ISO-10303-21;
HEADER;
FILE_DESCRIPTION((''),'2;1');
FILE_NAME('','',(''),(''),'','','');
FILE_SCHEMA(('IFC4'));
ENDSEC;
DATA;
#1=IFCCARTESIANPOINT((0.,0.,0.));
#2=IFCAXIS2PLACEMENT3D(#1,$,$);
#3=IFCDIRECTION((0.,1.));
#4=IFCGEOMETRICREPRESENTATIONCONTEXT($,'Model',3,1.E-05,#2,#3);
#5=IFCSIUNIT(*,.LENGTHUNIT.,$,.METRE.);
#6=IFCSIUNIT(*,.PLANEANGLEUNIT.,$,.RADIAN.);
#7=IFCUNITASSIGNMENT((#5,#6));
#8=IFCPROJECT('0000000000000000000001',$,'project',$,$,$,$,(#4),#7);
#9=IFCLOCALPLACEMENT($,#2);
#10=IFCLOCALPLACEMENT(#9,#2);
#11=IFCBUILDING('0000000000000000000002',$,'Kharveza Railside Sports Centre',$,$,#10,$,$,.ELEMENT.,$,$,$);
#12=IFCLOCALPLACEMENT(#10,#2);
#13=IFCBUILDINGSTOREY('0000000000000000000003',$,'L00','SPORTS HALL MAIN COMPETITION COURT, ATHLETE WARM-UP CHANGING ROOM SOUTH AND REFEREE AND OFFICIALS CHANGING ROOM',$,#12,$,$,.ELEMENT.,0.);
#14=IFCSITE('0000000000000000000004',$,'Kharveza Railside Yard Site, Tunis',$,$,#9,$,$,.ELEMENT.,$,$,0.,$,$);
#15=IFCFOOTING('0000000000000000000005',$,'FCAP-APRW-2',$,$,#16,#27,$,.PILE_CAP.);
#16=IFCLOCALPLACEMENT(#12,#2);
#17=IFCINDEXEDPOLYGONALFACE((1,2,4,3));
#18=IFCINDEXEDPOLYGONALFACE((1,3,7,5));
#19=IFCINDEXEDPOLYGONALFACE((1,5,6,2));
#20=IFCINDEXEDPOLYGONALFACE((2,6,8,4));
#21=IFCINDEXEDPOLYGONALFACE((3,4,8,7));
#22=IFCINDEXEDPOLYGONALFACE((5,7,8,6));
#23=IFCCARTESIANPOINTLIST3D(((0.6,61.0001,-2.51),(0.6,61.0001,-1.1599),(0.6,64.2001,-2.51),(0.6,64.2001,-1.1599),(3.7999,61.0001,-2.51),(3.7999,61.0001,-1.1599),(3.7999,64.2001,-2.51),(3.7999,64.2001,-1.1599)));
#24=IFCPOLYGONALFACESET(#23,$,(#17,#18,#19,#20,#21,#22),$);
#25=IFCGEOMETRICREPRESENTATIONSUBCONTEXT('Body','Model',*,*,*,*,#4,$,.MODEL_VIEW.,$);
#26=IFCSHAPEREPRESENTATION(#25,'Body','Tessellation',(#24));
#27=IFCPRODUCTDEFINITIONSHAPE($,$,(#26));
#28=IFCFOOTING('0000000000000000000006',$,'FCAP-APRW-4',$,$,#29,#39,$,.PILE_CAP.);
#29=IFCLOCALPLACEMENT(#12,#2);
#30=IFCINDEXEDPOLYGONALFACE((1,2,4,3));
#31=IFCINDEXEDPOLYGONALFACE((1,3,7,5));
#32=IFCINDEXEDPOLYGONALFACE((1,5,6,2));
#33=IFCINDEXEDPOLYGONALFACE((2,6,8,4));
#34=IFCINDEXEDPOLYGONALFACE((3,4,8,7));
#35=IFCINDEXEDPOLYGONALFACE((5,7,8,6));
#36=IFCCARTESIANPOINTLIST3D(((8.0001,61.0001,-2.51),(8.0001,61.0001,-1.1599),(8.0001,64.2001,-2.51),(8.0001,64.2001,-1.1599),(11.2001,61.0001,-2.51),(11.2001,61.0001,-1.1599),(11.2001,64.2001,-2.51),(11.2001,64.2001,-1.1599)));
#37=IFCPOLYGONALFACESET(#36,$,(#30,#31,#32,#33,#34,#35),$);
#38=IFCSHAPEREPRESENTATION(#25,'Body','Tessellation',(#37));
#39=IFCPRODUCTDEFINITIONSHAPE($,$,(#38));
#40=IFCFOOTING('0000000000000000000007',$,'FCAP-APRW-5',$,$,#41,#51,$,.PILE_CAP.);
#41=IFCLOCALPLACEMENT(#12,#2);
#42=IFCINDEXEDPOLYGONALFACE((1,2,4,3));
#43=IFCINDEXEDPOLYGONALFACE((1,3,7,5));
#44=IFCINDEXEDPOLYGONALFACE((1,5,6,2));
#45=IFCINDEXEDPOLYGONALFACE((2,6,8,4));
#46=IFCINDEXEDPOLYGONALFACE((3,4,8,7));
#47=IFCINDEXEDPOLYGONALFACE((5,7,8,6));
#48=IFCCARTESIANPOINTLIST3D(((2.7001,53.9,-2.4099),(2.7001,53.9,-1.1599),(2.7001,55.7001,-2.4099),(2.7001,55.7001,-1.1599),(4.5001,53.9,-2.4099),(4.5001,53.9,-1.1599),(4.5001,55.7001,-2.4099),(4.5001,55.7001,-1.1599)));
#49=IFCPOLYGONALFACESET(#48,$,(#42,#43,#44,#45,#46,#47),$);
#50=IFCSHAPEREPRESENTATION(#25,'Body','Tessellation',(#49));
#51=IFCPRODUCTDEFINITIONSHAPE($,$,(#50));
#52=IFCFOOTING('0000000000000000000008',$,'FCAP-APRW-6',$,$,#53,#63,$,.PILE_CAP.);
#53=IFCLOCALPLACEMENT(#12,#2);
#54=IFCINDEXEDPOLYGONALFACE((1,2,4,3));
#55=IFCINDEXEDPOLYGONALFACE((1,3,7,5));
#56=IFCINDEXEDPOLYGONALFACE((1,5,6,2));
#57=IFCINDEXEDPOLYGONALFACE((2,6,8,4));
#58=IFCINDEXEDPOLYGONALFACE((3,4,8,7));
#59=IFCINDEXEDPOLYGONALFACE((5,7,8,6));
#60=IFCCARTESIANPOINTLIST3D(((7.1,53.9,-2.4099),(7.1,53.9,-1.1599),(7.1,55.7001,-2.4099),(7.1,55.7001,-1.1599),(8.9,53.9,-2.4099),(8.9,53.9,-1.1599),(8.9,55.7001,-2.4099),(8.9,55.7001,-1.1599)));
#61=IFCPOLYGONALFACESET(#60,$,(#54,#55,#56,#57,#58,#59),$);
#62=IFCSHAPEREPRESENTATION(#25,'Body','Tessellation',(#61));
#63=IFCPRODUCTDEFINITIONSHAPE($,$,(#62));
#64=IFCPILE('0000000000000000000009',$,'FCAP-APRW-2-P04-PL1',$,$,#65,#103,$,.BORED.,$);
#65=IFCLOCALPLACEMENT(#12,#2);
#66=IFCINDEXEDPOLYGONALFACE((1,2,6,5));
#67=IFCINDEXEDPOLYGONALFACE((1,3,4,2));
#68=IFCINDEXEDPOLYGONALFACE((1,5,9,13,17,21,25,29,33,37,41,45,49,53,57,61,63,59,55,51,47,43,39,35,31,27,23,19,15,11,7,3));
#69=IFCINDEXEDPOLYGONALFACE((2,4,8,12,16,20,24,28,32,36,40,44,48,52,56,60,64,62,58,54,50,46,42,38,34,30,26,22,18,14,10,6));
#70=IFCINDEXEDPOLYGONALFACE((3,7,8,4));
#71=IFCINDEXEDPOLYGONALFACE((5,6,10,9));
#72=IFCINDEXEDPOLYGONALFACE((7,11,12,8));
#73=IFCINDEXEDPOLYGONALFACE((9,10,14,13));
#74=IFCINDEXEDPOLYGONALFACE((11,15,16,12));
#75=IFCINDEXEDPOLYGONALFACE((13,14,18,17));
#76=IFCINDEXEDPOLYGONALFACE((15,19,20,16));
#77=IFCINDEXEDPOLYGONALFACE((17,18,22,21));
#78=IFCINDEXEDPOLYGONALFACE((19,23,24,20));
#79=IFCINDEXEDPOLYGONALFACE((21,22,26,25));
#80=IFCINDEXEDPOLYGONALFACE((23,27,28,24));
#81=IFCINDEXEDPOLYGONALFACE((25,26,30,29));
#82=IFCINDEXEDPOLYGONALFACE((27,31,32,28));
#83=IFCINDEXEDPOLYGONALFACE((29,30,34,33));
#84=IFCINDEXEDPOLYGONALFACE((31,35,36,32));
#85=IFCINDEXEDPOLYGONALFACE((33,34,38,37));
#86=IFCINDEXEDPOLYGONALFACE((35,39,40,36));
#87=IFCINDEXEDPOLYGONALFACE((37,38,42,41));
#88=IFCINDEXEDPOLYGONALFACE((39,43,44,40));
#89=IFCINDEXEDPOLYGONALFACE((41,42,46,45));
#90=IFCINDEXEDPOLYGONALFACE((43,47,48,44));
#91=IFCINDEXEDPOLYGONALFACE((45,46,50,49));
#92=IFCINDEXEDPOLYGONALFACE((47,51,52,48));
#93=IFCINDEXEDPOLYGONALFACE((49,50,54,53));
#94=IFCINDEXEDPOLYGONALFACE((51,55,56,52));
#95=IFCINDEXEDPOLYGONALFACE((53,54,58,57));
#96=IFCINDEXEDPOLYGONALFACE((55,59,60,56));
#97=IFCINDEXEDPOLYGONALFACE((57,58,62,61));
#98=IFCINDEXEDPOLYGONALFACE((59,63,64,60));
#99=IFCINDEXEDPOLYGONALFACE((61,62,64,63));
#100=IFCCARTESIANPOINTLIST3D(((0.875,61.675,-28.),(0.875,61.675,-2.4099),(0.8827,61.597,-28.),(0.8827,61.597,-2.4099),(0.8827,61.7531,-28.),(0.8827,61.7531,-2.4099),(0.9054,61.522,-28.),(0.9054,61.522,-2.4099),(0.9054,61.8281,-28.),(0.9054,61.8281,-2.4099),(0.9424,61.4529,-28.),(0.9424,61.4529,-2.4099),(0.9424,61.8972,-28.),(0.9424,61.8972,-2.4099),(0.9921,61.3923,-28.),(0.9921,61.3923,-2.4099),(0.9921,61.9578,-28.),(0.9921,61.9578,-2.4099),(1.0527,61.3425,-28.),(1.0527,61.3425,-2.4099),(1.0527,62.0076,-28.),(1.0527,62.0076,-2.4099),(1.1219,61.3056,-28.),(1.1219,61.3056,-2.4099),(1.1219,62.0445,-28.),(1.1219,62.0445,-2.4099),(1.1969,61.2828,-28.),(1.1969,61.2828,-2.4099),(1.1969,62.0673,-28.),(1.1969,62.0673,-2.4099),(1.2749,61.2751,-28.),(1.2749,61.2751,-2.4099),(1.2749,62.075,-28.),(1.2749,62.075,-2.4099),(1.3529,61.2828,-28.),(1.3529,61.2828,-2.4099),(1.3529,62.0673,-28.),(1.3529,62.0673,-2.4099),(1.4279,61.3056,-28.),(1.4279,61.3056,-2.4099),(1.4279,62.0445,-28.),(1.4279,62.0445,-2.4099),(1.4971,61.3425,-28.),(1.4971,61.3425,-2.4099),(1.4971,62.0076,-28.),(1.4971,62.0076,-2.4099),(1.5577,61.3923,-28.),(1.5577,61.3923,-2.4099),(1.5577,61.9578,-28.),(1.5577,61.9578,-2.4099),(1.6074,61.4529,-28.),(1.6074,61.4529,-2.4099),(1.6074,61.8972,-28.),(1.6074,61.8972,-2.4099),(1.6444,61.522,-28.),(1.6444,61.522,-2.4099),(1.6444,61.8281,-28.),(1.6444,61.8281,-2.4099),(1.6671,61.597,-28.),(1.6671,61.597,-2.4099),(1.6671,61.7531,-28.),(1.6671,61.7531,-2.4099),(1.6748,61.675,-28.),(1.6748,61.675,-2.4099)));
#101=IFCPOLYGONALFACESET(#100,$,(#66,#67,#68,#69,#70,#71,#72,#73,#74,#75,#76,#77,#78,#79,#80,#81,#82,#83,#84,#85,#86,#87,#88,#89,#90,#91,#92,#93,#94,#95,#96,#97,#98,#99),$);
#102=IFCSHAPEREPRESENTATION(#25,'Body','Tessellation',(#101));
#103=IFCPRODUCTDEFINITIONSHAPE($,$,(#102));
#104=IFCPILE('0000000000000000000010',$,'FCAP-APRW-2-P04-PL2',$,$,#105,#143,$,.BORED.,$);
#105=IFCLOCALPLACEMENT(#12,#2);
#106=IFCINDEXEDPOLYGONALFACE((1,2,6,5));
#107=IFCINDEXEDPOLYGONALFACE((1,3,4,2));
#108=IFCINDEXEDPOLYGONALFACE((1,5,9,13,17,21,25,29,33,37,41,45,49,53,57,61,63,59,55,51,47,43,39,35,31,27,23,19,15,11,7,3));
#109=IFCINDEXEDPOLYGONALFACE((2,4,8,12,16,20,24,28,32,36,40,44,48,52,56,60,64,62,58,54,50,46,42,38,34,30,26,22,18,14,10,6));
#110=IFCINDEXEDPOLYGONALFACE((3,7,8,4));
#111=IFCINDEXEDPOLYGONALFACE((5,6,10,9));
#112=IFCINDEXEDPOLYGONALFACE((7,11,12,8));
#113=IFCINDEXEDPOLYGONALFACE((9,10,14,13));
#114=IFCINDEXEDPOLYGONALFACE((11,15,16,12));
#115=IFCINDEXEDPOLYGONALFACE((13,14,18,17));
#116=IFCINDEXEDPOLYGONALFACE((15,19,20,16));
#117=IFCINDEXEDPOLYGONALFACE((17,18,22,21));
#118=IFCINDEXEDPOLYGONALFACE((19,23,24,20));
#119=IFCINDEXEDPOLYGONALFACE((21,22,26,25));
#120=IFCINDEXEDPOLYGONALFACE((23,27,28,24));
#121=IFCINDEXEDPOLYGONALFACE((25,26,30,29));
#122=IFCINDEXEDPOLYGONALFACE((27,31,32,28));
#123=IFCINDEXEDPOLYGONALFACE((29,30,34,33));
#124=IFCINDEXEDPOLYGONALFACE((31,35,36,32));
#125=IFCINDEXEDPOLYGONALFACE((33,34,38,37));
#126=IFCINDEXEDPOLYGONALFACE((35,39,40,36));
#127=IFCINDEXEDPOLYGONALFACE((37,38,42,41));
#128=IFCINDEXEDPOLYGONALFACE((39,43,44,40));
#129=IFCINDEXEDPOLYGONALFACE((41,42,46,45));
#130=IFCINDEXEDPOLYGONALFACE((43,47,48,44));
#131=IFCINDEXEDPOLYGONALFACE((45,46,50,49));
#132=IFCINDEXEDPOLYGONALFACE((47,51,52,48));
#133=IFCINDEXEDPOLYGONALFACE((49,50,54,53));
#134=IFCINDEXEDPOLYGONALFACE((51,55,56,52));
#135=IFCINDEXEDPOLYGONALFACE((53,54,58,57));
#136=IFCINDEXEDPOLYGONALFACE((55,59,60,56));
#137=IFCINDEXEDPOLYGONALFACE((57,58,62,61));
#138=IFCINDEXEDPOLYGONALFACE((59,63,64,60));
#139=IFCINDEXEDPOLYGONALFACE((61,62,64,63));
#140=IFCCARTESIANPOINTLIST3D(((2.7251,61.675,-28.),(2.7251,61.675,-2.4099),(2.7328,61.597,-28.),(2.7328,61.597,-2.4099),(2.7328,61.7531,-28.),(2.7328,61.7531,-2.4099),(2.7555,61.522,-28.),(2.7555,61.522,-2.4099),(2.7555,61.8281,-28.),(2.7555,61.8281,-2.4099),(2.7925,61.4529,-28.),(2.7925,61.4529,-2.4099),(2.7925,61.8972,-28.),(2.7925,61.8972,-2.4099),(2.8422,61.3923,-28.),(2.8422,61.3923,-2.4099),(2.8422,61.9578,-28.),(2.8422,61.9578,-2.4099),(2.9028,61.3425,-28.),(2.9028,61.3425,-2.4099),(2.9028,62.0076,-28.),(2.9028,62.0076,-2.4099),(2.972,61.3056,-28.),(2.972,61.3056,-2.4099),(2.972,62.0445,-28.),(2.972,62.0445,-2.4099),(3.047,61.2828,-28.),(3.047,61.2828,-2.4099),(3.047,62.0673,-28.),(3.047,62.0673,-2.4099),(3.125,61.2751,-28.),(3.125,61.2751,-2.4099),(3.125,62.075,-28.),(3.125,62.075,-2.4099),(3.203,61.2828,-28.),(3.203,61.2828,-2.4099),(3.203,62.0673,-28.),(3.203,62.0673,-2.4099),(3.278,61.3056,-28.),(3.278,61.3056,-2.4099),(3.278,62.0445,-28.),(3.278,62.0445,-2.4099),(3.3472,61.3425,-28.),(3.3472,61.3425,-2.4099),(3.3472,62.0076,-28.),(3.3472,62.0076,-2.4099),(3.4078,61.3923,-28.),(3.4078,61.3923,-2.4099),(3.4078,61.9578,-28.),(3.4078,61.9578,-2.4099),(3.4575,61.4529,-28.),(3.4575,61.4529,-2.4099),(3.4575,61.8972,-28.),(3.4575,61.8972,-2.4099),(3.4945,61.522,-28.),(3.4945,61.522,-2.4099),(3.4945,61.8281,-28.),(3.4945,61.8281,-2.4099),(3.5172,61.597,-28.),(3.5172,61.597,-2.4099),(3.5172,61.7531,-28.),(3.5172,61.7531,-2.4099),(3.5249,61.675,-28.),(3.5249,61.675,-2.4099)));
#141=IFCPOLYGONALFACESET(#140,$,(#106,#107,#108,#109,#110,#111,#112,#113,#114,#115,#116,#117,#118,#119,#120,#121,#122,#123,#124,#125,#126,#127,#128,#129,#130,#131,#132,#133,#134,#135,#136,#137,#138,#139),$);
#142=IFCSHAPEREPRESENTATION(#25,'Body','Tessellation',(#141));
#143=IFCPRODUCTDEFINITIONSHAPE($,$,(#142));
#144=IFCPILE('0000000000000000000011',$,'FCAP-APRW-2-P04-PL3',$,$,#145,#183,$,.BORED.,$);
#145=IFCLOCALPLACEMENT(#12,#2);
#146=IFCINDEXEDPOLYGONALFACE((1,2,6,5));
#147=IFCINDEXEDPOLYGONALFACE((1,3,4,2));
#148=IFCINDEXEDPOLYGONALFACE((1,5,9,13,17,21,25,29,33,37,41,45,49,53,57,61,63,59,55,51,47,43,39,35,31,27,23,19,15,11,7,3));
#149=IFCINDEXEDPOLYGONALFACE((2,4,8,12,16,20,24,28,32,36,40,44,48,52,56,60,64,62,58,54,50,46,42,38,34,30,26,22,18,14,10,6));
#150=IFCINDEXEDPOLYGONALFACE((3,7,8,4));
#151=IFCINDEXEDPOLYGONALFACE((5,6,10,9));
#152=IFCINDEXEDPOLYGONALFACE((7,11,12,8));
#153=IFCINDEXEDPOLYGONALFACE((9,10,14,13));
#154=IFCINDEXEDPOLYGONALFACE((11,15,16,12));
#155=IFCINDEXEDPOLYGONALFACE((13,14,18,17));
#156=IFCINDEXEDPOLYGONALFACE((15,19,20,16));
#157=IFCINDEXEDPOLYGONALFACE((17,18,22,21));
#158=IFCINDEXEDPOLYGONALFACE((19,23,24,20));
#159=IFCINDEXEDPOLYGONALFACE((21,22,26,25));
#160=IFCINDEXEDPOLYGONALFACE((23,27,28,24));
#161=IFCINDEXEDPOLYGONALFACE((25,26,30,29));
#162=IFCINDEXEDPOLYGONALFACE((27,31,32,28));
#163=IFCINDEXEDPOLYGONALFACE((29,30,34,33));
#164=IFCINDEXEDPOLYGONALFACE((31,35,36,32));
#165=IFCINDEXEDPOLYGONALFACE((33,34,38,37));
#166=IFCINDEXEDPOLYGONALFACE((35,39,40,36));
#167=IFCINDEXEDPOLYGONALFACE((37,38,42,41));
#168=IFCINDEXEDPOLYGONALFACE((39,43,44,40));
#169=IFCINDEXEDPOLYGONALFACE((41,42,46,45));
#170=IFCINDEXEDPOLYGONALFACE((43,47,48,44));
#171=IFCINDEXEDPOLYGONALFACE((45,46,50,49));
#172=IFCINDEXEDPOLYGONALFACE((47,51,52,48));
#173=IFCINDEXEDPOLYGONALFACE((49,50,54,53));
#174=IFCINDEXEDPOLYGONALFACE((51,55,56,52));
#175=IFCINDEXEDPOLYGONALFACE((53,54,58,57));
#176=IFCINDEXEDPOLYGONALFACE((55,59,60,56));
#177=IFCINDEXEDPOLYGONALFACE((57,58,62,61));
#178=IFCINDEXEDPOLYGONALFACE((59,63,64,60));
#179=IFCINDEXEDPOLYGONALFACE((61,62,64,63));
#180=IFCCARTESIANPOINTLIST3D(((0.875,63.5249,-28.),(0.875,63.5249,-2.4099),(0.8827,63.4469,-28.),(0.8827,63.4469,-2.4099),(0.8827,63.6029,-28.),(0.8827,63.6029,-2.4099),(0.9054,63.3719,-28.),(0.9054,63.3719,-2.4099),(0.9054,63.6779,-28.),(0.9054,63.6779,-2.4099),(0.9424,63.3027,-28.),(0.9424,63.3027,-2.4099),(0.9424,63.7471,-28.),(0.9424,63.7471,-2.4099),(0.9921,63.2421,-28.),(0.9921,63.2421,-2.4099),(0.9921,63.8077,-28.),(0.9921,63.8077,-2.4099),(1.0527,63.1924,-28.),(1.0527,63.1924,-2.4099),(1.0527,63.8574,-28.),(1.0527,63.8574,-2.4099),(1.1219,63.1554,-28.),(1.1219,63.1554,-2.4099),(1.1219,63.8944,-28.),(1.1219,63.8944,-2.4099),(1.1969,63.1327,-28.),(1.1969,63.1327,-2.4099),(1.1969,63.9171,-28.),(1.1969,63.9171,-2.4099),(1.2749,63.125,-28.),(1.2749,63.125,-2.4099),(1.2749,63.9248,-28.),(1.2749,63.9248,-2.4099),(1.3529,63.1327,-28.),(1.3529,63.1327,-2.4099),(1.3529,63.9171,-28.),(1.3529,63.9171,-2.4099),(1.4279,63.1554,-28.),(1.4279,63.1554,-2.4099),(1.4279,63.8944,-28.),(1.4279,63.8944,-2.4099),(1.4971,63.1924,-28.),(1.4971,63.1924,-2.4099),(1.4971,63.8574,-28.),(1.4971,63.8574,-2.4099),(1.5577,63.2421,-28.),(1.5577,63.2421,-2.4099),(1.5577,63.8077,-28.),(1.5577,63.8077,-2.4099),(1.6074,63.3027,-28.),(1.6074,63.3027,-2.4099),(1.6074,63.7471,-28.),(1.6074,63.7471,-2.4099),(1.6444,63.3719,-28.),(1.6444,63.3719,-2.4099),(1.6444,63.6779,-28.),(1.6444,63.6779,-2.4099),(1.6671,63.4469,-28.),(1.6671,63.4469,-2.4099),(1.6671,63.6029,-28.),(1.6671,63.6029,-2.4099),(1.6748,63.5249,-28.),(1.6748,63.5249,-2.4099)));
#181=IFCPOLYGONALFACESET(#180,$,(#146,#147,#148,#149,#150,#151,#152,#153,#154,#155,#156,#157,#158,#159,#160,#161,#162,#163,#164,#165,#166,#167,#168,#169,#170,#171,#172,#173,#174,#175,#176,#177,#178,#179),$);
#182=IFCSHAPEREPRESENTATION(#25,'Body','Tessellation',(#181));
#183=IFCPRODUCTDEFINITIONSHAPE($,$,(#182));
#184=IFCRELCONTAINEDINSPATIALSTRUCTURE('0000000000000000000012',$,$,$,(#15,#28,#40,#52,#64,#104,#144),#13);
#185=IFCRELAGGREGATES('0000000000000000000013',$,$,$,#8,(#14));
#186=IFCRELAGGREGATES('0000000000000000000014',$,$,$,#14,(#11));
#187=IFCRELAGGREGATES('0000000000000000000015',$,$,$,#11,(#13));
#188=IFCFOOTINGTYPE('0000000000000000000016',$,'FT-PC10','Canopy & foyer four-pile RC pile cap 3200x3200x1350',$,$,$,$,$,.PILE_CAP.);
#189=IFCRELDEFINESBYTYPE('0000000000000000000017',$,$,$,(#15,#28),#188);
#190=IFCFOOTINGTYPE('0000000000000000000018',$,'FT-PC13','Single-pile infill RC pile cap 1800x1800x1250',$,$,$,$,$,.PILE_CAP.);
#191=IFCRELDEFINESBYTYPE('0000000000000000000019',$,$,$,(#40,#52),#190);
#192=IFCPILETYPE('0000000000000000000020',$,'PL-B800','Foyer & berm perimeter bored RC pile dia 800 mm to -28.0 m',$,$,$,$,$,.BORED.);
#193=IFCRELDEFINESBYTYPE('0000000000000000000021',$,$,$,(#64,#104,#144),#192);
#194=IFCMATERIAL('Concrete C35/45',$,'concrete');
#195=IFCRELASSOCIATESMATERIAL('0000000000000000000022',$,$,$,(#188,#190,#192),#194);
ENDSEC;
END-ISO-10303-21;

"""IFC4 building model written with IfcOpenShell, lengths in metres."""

from ifc_helpers import new_model, si_unit, direction, frame, origin, origin_2d, place, context, subcontext, project, spatial, rectangle, circle, extrude, material, material_profile, profile_set, type_object, element, save


model = new_model("IFC4")

# Units and contexts
model_context = context("Model", 3, precision=1e-05, world=origin(), true_north=direction((0.0, 1.0)))
body_context = subcontext(model_context, "Body", "Model", "MODEL_VIEW")
ifc_project = project(units=[si_unit("LENGTHUNIT", "METRE"), si_unit("PLANEANGLEUNIT", "RADIAN")], contexts=[model_context])

# Site, building, storey
site_placement = place(None, origin())
site = spatial("IfcSite", under=ifc_project, at=site_placement, Name="Kharveza Railside Yard Site, Tunis", CompositionType="ELEMENT", RefElevation=0.0)
building_placement = place(site_placement, origin())
building = spatial("IfcBuilding", under=site, at=building_placement, Name="Kharveza Railside Sports Centre", CompositionType="ELEMENT")
storey_placement = place(building_placement, origin())
storey = spatial("IfcBuildingStorey", under=building, at=storey_placement, Name="L00", Description="SPORTS HALL MAIN COMPETITION COURT, ATHLETE WARM-UP CHANGING ROOM SOUTH AND REFEREE AND OFFICIALS CHANGING ROOM", CompositionType="ELEMENT", Elevation=0.0)

# Footings
ifc_material_1 = material(Name="Concrete C35/45", Category="concrete")
footing_type_1 = type_object("IfcFootingType", Name="FT-PC10", Description="Canopy & foyer four-pile RC pile cap 3200x3200x1350", PredefinedType="PILE_CAP", material=ifc_material_1)
for number, where, z_axis, x_axis, name in (
    (1, (2.2, 62.6001, -2.51), (0.0, 0.0, 1.0), (1.0, 0.0, 0.0), "FCAP-APRW-2"),
    (2, (9.6001, 62.6001, -2.51), (0.0, 0.0, 1.0), (1.0, 0.0, 0.0), "FCAP-APRW-4"),
):
    element("IfcFooting", number, at=place(storey_placement, frame(where, z_axis=z_axis, x_axis=x_axis)), inside=storey, type_object=footing_type_1, Name=name, PredefinedType="PILE_CAP", context=body_context, shape_type="SweptSolid", body=[
        extrude(rectangle(XDim=3.2, YDim=3.2, at=origin_2d()), origin(), (0.0, 0.0, 1.0), 1.3501),
    ])
footing_type_2 = type_object("IfcFootingType", Name="FT-PC13", Description="Single-pile infill RC pile cap 1800x1800x1250", PredefinedType="PILE_CAP", material=ifc_material_1)
for number, where, z_axis, x_axis, name in (
    (3, (3.6001, 54.8, -2.4099), (0.0, 0.0, 1.0), (1.0, 0.0, 0.0), "FCAP-APRW-5"),
    (4, (8.0, 54.8, -2.4099), (0.0, 0.0, 1.0), (1.0, 0.0, 0.0), "FCAP-APRW-6"),
):
    element("IfcFooting", number, at=place(storey_placement, frame(where, z_axis=z_axis, x_axis=x_axis)), inside=storey, type_object=footing_type_2, Name=name, PredefinedType="PILE_CAP", context=body_context, shape_type="SweptSolid", body=[
        extrude(rectangle(XDim=1.8, YDim=1.8, at=origin_2d()), origin(), (0.0, 0.0, 1.0), 1.25),
    ])

# Piles
ifc_material_profile_1 = material_profile(ifc_material_1, circle(Radius=0.3999, at=origin_2d()), Name="PILE D800")
ifc_profile_set_1 = profile_set([ifc_material_profile_1], Name="Concrete C35/45")
pile_type = type_object("IfcPileType", Name="PL-B800", Description="Foyer & berm perimeter bored RC pile dia 800 mm to -28.0 m", PredefinedType="BORED", material=ifc_profile_set_1)
for number, where, z_axis, x_axis, name in (
    (5, (1.2749, 61.675, -2.4099), (0.0, 0.0, -1.0), (1.0, 0.0, 0.0), "FCAP-APRW-2-P04-PL1"),
    (6, (3.125, 61.675, -2.4099), (0.0, 0.0, -1.0), (1.0, 0.0, 0.0), "FCAP-APRW-2-P04-PL2"),
    (7, (1.2749, 63.5249, -2.4099), (0.0, 0.0, -1.0), (1.0, 0.0, 0.0), "FCAP-APRW-2-P04-PL3"),
):
    element("IfcPile", number, at=place(storey_placement, frame(where, z_axis=z_axis, x_axis=x_axis)), inside=storey, type_object=pile_type, Name=name, PredefinedType="BORED", context=body_context, shape_type="SweptSolid", body=[
        extrude(circle(Radius=0.3999, at=origin_2d()), origin(), (0.0, 0.0, 1.0), 25.5901),
    ])

save(model, "model.ifc")
